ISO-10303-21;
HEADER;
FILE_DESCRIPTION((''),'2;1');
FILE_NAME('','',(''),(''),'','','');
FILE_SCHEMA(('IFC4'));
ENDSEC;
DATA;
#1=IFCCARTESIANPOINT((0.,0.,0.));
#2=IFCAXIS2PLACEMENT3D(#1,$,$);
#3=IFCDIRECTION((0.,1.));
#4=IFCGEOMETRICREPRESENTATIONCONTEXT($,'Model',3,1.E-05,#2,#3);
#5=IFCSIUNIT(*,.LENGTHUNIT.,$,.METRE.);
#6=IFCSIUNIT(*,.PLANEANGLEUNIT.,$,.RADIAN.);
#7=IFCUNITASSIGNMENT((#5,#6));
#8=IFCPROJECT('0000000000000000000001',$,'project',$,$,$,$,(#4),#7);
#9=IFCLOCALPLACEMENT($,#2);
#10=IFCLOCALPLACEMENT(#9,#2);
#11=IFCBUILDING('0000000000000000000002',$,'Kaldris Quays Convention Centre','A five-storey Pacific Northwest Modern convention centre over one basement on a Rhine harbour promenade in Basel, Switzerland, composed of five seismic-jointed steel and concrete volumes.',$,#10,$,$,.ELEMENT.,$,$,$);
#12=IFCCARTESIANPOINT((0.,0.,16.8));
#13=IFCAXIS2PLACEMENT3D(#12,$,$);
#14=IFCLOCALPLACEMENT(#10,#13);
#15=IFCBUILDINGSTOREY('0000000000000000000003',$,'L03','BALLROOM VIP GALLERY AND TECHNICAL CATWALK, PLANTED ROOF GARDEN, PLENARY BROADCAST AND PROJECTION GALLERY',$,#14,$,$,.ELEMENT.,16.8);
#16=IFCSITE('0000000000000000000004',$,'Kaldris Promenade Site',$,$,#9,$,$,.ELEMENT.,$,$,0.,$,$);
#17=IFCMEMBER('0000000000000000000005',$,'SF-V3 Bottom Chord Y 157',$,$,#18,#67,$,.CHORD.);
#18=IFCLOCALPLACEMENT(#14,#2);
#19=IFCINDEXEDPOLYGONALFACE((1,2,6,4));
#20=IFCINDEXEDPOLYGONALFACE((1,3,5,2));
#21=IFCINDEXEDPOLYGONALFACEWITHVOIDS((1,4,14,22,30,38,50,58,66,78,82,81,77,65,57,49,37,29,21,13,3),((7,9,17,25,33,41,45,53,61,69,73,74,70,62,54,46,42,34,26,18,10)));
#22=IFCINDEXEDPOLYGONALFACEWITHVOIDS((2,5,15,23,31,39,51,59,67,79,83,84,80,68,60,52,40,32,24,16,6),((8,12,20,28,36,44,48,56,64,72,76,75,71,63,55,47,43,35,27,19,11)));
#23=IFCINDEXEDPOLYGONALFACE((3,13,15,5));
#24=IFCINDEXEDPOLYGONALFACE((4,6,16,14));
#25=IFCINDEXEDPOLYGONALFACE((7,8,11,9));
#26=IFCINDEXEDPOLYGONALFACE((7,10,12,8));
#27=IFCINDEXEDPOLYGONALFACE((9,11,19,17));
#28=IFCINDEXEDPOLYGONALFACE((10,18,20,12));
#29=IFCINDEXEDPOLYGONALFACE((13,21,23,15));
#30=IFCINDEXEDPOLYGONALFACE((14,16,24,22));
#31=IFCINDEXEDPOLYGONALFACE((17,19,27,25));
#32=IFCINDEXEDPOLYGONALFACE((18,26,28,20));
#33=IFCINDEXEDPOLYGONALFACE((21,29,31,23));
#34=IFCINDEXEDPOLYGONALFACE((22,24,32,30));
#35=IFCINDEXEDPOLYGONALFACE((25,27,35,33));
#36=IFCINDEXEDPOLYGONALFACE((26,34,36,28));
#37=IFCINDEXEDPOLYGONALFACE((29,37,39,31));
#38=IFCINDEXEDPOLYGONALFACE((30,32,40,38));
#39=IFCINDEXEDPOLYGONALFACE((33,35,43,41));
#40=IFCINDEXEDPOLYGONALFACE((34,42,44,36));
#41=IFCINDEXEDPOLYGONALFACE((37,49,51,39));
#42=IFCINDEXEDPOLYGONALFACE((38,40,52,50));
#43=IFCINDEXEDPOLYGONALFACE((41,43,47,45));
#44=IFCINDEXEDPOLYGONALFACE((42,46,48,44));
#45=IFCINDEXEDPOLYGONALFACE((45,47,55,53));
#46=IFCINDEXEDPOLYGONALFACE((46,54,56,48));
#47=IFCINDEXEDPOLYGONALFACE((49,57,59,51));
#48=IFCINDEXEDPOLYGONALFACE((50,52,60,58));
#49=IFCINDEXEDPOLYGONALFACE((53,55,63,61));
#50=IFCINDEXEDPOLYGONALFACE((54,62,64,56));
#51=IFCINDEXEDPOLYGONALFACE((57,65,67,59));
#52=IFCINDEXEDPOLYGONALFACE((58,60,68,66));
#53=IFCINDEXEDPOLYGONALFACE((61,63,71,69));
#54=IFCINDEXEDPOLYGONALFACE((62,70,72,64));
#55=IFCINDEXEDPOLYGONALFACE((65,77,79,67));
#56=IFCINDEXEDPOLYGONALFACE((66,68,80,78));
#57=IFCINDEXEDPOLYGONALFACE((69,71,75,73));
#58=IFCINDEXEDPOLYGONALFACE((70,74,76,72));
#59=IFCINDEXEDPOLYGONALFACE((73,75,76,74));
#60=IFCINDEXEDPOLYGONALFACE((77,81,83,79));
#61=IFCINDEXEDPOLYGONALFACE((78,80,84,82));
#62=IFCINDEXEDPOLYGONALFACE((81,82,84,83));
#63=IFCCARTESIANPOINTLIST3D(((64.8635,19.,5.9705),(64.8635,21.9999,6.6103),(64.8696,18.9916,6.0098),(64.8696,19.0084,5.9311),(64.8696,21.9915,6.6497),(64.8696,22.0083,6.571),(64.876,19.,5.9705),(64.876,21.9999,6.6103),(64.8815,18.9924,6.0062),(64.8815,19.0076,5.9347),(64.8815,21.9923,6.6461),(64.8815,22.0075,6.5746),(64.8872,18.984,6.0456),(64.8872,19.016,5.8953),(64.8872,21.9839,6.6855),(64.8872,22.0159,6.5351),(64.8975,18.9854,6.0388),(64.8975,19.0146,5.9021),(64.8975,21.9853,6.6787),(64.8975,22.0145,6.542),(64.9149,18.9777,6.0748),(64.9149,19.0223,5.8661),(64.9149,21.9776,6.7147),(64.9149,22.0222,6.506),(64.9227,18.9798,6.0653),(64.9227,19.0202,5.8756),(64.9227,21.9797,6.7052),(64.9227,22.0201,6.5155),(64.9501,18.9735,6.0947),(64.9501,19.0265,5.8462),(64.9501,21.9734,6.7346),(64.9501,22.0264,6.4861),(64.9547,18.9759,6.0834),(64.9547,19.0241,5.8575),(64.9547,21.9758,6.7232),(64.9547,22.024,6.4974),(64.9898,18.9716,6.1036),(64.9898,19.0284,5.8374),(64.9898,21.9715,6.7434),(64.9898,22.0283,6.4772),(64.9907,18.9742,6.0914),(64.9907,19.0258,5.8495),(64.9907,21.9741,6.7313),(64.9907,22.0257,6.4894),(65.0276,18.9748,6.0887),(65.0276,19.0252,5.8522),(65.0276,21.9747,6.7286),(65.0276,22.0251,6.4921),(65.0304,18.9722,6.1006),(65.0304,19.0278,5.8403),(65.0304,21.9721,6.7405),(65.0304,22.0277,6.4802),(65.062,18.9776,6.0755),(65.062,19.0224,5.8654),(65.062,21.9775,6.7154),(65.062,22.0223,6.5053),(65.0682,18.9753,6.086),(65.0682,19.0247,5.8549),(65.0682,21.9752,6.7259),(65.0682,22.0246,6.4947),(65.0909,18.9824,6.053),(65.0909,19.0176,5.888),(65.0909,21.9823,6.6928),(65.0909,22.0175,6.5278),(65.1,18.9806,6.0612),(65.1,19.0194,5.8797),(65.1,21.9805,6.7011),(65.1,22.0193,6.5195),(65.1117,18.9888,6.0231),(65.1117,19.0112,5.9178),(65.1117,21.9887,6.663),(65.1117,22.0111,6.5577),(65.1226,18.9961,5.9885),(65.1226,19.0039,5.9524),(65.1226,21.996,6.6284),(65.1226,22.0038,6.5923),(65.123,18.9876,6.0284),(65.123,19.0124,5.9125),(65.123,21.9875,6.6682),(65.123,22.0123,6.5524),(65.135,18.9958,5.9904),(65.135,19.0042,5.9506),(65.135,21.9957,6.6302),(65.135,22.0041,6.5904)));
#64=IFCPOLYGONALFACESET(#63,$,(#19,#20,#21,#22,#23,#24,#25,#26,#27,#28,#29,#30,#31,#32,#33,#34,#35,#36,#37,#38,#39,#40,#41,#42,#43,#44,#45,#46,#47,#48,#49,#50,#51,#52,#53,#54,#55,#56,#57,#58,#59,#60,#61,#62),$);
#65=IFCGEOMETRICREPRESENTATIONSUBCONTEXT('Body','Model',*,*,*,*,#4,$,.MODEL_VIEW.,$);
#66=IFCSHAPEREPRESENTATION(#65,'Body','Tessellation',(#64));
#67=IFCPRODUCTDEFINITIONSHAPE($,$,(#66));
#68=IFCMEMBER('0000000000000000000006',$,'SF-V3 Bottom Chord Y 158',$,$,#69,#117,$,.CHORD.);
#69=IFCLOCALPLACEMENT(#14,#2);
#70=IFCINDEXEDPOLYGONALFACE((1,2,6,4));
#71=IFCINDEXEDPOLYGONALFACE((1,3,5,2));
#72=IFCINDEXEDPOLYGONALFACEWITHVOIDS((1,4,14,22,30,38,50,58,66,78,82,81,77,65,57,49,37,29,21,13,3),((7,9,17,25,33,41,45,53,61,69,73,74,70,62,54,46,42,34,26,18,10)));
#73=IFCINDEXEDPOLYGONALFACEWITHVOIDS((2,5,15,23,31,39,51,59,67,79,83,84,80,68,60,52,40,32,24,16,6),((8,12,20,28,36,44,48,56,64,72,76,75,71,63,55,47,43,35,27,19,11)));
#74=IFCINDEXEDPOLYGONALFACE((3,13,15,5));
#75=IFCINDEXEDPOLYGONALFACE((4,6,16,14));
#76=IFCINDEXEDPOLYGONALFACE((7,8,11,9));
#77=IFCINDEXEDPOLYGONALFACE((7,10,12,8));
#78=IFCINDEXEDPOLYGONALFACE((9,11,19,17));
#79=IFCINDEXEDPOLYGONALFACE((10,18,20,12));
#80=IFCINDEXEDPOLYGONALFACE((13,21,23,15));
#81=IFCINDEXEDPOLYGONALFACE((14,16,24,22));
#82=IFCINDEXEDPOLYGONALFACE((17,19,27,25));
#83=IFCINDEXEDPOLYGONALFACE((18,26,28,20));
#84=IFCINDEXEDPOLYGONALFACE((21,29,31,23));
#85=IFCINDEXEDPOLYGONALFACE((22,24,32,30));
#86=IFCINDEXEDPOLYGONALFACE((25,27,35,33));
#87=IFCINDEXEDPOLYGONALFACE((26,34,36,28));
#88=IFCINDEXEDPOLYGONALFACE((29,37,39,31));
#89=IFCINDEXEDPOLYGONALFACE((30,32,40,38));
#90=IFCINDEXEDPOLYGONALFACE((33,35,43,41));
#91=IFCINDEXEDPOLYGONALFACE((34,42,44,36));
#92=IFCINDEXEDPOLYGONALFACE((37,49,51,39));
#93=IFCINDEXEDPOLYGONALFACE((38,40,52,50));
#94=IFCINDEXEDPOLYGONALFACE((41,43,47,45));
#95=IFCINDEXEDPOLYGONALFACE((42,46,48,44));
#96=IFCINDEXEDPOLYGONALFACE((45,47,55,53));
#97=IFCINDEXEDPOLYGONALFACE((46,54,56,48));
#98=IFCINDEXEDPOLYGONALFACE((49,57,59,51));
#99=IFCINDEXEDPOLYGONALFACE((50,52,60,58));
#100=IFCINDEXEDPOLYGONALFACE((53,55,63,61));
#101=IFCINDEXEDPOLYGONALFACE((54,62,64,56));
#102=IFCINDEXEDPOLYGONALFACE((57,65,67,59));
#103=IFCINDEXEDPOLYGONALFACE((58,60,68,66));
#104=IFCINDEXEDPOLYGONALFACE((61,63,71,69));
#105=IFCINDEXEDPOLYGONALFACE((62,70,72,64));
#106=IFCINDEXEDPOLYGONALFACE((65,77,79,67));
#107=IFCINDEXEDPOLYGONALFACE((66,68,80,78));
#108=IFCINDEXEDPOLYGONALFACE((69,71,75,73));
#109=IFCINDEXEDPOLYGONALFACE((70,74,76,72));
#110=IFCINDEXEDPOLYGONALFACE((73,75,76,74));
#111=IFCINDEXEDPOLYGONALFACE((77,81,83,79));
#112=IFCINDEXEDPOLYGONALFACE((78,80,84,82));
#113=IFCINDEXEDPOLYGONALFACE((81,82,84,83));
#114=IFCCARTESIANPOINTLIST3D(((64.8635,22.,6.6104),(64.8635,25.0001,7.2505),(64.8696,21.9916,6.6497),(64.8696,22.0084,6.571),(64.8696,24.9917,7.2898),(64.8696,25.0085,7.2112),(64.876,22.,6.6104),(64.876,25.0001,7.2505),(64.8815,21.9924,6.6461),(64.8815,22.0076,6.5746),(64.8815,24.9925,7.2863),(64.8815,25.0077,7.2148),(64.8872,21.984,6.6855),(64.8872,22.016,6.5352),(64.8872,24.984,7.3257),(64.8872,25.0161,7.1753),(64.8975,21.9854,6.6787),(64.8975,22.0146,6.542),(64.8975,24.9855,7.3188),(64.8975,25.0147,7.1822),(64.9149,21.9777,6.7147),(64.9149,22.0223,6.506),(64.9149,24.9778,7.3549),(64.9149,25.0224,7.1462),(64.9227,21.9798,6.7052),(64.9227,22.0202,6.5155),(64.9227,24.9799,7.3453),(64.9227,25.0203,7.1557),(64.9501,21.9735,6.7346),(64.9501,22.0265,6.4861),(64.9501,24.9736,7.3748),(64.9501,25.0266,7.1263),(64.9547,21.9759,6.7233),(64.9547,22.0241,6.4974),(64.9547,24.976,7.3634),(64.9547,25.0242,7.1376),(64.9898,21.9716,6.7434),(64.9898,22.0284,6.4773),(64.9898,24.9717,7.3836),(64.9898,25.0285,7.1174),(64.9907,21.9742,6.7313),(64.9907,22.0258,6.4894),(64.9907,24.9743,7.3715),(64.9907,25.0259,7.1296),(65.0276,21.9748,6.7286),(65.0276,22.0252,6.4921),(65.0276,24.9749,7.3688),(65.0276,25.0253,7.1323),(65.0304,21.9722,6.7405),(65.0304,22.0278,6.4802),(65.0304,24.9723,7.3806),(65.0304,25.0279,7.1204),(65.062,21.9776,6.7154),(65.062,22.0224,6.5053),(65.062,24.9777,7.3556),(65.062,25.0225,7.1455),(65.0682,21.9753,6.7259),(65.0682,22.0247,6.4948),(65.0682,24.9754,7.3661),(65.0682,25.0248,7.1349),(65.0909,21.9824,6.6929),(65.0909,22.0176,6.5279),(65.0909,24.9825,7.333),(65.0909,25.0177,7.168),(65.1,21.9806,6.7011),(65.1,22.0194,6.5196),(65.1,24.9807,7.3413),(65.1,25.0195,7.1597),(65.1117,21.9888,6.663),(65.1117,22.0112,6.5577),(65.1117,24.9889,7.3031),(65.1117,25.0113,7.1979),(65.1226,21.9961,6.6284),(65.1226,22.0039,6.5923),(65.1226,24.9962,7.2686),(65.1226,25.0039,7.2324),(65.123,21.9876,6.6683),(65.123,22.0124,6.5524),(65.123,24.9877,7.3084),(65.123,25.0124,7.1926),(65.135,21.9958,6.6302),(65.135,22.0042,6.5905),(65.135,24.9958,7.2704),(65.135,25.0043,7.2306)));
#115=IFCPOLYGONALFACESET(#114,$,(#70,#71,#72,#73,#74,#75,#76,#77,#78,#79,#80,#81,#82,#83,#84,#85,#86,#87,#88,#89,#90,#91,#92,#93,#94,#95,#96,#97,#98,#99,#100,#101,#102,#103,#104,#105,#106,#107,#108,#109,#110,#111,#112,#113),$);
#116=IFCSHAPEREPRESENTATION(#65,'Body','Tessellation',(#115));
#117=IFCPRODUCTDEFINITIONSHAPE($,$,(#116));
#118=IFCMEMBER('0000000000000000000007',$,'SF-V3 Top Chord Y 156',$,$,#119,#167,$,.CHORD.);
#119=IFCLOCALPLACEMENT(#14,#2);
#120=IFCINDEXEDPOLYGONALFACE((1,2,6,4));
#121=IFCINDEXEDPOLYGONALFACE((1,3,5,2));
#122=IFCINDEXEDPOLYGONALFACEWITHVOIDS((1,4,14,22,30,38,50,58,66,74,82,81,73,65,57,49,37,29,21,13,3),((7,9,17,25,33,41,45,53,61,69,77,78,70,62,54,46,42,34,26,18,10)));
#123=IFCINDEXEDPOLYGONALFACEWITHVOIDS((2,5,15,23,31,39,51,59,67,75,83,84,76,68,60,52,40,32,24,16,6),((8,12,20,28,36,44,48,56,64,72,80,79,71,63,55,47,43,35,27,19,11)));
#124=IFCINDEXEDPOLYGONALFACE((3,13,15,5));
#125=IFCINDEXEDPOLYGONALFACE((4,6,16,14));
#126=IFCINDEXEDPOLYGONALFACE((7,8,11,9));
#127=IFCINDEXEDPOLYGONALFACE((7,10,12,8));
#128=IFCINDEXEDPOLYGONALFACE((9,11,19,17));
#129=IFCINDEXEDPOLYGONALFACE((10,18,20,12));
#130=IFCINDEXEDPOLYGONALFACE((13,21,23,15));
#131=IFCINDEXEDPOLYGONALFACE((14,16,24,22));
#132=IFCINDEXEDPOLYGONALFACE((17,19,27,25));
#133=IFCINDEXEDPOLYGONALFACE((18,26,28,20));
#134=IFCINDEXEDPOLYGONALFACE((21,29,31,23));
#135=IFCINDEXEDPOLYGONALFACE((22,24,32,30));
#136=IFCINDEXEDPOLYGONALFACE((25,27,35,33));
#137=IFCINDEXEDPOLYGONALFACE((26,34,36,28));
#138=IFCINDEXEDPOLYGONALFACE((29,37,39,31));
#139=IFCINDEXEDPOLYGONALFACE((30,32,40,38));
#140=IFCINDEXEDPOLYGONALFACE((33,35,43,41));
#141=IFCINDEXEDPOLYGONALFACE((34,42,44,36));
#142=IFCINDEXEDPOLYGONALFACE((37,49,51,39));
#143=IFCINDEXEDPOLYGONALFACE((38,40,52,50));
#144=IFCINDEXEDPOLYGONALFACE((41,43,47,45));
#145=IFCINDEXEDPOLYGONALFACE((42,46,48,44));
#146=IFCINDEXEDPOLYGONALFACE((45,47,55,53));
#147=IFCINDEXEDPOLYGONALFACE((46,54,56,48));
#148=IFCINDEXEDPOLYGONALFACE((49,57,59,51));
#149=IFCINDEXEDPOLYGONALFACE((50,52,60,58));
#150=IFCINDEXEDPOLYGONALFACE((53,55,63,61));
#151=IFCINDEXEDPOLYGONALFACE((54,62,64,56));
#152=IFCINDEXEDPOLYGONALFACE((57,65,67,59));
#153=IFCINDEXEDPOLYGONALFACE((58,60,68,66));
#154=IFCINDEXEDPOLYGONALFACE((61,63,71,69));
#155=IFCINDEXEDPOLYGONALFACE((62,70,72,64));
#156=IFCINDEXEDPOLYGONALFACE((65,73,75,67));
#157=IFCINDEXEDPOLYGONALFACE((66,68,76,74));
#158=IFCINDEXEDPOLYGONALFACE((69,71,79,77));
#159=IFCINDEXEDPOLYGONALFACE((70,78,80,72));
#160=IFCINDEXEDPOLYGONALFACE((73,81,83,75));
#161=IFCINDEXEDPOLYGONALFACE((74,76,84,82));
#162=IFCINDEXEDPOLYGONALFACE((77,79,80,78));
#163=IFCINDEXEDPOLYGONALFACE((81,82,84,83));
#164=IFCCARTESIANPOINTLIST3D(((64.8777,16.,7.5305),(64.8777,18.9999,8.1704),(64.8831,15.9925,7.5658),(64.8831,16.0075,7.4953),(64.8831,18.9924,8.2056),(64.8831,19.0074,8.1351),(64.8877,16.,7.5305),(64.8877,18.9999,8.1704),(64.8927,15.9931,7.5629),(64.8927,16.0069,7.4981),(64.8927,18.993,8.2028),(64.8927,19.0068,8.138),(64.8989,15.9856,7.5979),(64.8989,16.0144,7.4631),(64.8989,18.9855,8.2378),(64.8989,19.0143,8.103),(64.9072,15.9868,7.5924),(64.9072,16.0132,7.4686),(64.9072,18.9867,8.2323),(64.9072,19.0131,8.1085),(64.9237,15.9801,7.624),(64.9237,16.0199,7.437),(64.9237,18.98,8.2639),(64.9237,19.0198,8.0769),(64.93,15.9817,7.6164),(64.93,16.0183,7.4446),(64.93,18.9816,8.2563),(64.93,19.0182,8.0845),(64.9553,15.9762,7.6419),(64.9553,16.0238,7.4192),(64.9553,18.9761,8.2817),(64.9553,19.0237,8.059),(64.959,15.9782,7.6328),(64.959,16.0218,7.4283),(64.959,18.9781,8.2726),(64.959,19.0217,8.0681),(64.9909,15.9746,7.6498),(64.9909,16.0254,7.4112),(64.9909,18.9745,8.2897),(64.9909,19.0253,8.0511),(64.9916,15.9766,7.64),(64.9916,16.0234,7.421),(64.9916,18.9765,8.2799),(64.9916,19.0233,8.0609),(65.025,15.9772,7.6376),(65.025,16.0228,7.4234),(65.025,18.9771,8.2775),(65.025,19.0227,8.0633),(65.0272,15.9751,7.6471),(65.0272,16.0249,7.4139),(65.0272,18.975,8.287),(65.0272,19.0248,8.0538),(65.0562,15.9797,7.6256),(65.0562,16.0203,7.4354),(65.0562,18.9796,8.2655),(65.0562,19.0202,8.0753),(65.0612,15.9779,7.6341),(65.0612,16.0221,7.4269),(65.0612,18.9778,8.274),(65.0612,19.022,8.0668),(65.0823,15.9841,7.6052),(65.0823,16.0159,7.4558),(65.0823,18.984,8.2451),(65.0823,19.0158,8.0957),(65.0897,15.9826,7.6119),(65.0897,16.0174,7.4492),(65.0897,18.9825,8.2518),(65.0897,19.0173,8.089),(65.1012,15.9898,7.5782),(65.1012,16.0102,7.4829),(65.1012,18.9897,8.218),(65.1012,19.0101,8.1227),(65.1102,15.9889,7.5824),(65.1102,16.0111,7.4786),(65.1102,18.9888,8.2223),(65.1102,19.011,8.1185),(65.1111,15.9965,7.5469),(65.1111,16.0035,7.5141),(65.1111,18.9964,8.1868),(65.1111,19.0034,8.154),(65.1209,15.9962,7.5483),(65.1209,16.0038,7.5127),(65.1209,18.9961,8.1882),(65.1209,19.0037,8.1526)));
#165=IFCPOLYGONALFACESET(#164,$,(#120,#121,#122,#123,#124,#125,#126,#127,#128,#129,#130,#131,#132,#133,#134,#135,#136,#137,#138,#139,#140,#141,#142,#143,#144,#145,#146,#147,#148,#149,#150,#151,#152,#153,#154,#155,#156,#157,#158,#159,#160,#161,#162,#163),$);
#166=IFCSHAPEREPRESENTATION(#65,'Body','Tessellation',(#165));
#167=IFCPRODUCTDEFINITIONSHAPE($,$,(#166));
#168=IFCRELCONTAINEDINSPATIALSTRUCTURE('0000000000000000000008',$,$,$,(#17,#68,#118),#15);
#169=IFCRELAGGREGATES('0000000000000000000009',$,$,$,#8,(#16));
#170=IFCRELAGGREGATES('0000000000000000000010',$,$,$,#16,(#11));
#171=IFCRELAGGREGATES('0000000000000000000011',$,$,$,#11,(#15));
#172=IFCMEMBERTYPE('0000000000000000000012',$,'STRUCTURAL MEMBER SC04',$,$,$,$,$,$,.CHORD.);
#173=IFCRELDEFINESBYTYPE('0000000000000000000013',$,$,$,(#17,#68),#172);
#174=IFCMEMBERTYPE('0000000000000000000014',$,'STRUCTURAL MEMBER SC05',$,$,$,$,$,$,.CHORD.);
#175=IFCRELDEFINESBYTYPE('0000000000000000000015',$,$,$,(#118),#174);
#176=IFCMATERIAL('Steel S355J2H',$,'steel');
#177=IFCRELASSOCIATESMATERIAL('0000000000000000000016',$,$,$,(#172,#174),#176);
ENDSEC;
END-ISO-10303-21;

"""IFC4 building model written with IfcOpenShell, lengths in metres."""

from ifc_helpers import new_model, si_unit, direction, frame, origin, origin_2d, place, context, subcontext, project, spatial, hollow_circle, extrude, material, material_profile, profile_set, type_object, element, save


model = new_model("IFC4")

# Units and contexts
model_context = context("Model", 3, precision=1e-05, world=origin(), true_north=direction((0.0, 1.0)))
body_context = subcontext(model_context, "Body", "Model", "MODEL_VIEW")
ifc_project = project(units=[si_unit("LENGTHUNIT", "METRE"), si_unit("PLANEANGLEUNIT", "RADIAN")], contexts=[model_context])

# Site, building, storey
site_placement = place(None, origin())
site = spatial("IfcSite", under=ifc_project, at=site_placement, Name="Kaldris Promenade Site", CompositionType="ELEMENT", RefElevation=0.0)
building_placement = place(site_placement, origin())
building = spatial("IfcBuilding", under=site, at=building_placement, Name="Kaldris Quays Convention Centre", Description="A five-storey Pacific Northwest Modern convention centre over one basement on a Rhine harbour promenade in Basel, Switzerland, composed of five seismic-jointed steel and concrete volumes.", CompositionType="ELEMENT")
storey_placement = place(building_placement, frame((0.0, 0.0, 16.8)))
storey = spatial("IfcBuildingStorey", under=building, at=storey_placement, Name="L03", Description="BALLROOM VIP GALLERY AND TECHNICAL CATWALK, PLANTED ROOF GARDEN, PLENARY BROADCAST AND PROJECTION GALLERY", CompositionType="ELEMENT", Elevation=16.8)

# Members
ifc_material_1 = material(Name="Steel S355J2H", Category="steel")
ifc_material_profile_1 = material_profile(ifc_material_1, hollow_circle(Radius=0.1365, WallThickness=0.0125, at=origin_2d()), Name="CHS 273x12.5")
ifc_profile_set_1 = profile_set([ifc_material_profile_1], Name="Steel S355J2H")
member_type_1 = type_object("IfcMemberType", Name="STRUCTURAL MEMBER SC04", PredefinedType="CHORD", material=ifc_profile_set_1)
for number, where, z_axis, x_axis, name in (
    (1, (65.0, 19.0, 5.9705), (0.0, 0.978, 0.208605), (-1.0, 0.0, 0.0), "SF-V3 Bottom Chord Y 157"),
):
    element("IfcMember", number, at=place(storey_placement, frame(where, z_axis=z_axis, x_axis=x_axis)), inside=storey, type_object=member_type_1, Name=name, PredefinedType="CHORD", context=body_context, shape_type="SweptSolid", body=[
        extrude(hollow_circle(Radius=0.1365, WallThickness=0.0125, at=origin_2d()), origin(), (0.0, 0.0, 1.0), 3.0674),
    ])
member_1_placement = place(storey_placement, frame((65.0, 22.0, 6.6104), z_axis=(0.0, 0.977984, 0.208681), x_axis=(-1.0, 0.0, 0.0)))
element("IfcMember", 2, at=member_1_placement, inside=storey, type_object=member_type_1, Name="SF-V3 Bottom Chord Y 158", PredefinedType="CHORD", context=body_context, shape_type="SweptSolid", body=[
    extrude(hollow_circle(Radius=0.1365, WallThickness=0.0125, at=origin_2d()), origin(), (0.0, 0.0, 1.0), 3.0676),
])
ifc_material_profile_2 = material_profile(ifc_material_1, hollow_circle(Radius=0.1223, WallThickness=0.01, at=origin_2d()), Name="CHS 244.5x10")
ifc_profile_set_2 = profile_set([ifc_material_profile_2], Name="Steel S355J2H")
member_type_2 = type_object("IfcMemberType", Name="STRUCTURAL MEMBER SC05", PredefinedType="CHORD", material=ifc_profile_set_2)
member_2_placement = place(storey_placement, frame((65.0, 16.0, 7.5305), z_axis=(0.0, 0.978, 0.208605), x_axis=(-1.0, 0.0, 0.0)))
element("IfcMember", 3, at=member_2_placement, inside=storey, type_object=member_type_2, Name="SF-V3 Top Chord Y 156", PredefinedType="CHORD", context=body_context, shape_type="SweptSolid", body=[
    extrude(hollow_circle(Radius=0.1223, WallThickness=0.01, at=origin_2d()), origin(), (0.0, 0.0, 1.0), 3.0674),
])

save(model, "model.ifc")
